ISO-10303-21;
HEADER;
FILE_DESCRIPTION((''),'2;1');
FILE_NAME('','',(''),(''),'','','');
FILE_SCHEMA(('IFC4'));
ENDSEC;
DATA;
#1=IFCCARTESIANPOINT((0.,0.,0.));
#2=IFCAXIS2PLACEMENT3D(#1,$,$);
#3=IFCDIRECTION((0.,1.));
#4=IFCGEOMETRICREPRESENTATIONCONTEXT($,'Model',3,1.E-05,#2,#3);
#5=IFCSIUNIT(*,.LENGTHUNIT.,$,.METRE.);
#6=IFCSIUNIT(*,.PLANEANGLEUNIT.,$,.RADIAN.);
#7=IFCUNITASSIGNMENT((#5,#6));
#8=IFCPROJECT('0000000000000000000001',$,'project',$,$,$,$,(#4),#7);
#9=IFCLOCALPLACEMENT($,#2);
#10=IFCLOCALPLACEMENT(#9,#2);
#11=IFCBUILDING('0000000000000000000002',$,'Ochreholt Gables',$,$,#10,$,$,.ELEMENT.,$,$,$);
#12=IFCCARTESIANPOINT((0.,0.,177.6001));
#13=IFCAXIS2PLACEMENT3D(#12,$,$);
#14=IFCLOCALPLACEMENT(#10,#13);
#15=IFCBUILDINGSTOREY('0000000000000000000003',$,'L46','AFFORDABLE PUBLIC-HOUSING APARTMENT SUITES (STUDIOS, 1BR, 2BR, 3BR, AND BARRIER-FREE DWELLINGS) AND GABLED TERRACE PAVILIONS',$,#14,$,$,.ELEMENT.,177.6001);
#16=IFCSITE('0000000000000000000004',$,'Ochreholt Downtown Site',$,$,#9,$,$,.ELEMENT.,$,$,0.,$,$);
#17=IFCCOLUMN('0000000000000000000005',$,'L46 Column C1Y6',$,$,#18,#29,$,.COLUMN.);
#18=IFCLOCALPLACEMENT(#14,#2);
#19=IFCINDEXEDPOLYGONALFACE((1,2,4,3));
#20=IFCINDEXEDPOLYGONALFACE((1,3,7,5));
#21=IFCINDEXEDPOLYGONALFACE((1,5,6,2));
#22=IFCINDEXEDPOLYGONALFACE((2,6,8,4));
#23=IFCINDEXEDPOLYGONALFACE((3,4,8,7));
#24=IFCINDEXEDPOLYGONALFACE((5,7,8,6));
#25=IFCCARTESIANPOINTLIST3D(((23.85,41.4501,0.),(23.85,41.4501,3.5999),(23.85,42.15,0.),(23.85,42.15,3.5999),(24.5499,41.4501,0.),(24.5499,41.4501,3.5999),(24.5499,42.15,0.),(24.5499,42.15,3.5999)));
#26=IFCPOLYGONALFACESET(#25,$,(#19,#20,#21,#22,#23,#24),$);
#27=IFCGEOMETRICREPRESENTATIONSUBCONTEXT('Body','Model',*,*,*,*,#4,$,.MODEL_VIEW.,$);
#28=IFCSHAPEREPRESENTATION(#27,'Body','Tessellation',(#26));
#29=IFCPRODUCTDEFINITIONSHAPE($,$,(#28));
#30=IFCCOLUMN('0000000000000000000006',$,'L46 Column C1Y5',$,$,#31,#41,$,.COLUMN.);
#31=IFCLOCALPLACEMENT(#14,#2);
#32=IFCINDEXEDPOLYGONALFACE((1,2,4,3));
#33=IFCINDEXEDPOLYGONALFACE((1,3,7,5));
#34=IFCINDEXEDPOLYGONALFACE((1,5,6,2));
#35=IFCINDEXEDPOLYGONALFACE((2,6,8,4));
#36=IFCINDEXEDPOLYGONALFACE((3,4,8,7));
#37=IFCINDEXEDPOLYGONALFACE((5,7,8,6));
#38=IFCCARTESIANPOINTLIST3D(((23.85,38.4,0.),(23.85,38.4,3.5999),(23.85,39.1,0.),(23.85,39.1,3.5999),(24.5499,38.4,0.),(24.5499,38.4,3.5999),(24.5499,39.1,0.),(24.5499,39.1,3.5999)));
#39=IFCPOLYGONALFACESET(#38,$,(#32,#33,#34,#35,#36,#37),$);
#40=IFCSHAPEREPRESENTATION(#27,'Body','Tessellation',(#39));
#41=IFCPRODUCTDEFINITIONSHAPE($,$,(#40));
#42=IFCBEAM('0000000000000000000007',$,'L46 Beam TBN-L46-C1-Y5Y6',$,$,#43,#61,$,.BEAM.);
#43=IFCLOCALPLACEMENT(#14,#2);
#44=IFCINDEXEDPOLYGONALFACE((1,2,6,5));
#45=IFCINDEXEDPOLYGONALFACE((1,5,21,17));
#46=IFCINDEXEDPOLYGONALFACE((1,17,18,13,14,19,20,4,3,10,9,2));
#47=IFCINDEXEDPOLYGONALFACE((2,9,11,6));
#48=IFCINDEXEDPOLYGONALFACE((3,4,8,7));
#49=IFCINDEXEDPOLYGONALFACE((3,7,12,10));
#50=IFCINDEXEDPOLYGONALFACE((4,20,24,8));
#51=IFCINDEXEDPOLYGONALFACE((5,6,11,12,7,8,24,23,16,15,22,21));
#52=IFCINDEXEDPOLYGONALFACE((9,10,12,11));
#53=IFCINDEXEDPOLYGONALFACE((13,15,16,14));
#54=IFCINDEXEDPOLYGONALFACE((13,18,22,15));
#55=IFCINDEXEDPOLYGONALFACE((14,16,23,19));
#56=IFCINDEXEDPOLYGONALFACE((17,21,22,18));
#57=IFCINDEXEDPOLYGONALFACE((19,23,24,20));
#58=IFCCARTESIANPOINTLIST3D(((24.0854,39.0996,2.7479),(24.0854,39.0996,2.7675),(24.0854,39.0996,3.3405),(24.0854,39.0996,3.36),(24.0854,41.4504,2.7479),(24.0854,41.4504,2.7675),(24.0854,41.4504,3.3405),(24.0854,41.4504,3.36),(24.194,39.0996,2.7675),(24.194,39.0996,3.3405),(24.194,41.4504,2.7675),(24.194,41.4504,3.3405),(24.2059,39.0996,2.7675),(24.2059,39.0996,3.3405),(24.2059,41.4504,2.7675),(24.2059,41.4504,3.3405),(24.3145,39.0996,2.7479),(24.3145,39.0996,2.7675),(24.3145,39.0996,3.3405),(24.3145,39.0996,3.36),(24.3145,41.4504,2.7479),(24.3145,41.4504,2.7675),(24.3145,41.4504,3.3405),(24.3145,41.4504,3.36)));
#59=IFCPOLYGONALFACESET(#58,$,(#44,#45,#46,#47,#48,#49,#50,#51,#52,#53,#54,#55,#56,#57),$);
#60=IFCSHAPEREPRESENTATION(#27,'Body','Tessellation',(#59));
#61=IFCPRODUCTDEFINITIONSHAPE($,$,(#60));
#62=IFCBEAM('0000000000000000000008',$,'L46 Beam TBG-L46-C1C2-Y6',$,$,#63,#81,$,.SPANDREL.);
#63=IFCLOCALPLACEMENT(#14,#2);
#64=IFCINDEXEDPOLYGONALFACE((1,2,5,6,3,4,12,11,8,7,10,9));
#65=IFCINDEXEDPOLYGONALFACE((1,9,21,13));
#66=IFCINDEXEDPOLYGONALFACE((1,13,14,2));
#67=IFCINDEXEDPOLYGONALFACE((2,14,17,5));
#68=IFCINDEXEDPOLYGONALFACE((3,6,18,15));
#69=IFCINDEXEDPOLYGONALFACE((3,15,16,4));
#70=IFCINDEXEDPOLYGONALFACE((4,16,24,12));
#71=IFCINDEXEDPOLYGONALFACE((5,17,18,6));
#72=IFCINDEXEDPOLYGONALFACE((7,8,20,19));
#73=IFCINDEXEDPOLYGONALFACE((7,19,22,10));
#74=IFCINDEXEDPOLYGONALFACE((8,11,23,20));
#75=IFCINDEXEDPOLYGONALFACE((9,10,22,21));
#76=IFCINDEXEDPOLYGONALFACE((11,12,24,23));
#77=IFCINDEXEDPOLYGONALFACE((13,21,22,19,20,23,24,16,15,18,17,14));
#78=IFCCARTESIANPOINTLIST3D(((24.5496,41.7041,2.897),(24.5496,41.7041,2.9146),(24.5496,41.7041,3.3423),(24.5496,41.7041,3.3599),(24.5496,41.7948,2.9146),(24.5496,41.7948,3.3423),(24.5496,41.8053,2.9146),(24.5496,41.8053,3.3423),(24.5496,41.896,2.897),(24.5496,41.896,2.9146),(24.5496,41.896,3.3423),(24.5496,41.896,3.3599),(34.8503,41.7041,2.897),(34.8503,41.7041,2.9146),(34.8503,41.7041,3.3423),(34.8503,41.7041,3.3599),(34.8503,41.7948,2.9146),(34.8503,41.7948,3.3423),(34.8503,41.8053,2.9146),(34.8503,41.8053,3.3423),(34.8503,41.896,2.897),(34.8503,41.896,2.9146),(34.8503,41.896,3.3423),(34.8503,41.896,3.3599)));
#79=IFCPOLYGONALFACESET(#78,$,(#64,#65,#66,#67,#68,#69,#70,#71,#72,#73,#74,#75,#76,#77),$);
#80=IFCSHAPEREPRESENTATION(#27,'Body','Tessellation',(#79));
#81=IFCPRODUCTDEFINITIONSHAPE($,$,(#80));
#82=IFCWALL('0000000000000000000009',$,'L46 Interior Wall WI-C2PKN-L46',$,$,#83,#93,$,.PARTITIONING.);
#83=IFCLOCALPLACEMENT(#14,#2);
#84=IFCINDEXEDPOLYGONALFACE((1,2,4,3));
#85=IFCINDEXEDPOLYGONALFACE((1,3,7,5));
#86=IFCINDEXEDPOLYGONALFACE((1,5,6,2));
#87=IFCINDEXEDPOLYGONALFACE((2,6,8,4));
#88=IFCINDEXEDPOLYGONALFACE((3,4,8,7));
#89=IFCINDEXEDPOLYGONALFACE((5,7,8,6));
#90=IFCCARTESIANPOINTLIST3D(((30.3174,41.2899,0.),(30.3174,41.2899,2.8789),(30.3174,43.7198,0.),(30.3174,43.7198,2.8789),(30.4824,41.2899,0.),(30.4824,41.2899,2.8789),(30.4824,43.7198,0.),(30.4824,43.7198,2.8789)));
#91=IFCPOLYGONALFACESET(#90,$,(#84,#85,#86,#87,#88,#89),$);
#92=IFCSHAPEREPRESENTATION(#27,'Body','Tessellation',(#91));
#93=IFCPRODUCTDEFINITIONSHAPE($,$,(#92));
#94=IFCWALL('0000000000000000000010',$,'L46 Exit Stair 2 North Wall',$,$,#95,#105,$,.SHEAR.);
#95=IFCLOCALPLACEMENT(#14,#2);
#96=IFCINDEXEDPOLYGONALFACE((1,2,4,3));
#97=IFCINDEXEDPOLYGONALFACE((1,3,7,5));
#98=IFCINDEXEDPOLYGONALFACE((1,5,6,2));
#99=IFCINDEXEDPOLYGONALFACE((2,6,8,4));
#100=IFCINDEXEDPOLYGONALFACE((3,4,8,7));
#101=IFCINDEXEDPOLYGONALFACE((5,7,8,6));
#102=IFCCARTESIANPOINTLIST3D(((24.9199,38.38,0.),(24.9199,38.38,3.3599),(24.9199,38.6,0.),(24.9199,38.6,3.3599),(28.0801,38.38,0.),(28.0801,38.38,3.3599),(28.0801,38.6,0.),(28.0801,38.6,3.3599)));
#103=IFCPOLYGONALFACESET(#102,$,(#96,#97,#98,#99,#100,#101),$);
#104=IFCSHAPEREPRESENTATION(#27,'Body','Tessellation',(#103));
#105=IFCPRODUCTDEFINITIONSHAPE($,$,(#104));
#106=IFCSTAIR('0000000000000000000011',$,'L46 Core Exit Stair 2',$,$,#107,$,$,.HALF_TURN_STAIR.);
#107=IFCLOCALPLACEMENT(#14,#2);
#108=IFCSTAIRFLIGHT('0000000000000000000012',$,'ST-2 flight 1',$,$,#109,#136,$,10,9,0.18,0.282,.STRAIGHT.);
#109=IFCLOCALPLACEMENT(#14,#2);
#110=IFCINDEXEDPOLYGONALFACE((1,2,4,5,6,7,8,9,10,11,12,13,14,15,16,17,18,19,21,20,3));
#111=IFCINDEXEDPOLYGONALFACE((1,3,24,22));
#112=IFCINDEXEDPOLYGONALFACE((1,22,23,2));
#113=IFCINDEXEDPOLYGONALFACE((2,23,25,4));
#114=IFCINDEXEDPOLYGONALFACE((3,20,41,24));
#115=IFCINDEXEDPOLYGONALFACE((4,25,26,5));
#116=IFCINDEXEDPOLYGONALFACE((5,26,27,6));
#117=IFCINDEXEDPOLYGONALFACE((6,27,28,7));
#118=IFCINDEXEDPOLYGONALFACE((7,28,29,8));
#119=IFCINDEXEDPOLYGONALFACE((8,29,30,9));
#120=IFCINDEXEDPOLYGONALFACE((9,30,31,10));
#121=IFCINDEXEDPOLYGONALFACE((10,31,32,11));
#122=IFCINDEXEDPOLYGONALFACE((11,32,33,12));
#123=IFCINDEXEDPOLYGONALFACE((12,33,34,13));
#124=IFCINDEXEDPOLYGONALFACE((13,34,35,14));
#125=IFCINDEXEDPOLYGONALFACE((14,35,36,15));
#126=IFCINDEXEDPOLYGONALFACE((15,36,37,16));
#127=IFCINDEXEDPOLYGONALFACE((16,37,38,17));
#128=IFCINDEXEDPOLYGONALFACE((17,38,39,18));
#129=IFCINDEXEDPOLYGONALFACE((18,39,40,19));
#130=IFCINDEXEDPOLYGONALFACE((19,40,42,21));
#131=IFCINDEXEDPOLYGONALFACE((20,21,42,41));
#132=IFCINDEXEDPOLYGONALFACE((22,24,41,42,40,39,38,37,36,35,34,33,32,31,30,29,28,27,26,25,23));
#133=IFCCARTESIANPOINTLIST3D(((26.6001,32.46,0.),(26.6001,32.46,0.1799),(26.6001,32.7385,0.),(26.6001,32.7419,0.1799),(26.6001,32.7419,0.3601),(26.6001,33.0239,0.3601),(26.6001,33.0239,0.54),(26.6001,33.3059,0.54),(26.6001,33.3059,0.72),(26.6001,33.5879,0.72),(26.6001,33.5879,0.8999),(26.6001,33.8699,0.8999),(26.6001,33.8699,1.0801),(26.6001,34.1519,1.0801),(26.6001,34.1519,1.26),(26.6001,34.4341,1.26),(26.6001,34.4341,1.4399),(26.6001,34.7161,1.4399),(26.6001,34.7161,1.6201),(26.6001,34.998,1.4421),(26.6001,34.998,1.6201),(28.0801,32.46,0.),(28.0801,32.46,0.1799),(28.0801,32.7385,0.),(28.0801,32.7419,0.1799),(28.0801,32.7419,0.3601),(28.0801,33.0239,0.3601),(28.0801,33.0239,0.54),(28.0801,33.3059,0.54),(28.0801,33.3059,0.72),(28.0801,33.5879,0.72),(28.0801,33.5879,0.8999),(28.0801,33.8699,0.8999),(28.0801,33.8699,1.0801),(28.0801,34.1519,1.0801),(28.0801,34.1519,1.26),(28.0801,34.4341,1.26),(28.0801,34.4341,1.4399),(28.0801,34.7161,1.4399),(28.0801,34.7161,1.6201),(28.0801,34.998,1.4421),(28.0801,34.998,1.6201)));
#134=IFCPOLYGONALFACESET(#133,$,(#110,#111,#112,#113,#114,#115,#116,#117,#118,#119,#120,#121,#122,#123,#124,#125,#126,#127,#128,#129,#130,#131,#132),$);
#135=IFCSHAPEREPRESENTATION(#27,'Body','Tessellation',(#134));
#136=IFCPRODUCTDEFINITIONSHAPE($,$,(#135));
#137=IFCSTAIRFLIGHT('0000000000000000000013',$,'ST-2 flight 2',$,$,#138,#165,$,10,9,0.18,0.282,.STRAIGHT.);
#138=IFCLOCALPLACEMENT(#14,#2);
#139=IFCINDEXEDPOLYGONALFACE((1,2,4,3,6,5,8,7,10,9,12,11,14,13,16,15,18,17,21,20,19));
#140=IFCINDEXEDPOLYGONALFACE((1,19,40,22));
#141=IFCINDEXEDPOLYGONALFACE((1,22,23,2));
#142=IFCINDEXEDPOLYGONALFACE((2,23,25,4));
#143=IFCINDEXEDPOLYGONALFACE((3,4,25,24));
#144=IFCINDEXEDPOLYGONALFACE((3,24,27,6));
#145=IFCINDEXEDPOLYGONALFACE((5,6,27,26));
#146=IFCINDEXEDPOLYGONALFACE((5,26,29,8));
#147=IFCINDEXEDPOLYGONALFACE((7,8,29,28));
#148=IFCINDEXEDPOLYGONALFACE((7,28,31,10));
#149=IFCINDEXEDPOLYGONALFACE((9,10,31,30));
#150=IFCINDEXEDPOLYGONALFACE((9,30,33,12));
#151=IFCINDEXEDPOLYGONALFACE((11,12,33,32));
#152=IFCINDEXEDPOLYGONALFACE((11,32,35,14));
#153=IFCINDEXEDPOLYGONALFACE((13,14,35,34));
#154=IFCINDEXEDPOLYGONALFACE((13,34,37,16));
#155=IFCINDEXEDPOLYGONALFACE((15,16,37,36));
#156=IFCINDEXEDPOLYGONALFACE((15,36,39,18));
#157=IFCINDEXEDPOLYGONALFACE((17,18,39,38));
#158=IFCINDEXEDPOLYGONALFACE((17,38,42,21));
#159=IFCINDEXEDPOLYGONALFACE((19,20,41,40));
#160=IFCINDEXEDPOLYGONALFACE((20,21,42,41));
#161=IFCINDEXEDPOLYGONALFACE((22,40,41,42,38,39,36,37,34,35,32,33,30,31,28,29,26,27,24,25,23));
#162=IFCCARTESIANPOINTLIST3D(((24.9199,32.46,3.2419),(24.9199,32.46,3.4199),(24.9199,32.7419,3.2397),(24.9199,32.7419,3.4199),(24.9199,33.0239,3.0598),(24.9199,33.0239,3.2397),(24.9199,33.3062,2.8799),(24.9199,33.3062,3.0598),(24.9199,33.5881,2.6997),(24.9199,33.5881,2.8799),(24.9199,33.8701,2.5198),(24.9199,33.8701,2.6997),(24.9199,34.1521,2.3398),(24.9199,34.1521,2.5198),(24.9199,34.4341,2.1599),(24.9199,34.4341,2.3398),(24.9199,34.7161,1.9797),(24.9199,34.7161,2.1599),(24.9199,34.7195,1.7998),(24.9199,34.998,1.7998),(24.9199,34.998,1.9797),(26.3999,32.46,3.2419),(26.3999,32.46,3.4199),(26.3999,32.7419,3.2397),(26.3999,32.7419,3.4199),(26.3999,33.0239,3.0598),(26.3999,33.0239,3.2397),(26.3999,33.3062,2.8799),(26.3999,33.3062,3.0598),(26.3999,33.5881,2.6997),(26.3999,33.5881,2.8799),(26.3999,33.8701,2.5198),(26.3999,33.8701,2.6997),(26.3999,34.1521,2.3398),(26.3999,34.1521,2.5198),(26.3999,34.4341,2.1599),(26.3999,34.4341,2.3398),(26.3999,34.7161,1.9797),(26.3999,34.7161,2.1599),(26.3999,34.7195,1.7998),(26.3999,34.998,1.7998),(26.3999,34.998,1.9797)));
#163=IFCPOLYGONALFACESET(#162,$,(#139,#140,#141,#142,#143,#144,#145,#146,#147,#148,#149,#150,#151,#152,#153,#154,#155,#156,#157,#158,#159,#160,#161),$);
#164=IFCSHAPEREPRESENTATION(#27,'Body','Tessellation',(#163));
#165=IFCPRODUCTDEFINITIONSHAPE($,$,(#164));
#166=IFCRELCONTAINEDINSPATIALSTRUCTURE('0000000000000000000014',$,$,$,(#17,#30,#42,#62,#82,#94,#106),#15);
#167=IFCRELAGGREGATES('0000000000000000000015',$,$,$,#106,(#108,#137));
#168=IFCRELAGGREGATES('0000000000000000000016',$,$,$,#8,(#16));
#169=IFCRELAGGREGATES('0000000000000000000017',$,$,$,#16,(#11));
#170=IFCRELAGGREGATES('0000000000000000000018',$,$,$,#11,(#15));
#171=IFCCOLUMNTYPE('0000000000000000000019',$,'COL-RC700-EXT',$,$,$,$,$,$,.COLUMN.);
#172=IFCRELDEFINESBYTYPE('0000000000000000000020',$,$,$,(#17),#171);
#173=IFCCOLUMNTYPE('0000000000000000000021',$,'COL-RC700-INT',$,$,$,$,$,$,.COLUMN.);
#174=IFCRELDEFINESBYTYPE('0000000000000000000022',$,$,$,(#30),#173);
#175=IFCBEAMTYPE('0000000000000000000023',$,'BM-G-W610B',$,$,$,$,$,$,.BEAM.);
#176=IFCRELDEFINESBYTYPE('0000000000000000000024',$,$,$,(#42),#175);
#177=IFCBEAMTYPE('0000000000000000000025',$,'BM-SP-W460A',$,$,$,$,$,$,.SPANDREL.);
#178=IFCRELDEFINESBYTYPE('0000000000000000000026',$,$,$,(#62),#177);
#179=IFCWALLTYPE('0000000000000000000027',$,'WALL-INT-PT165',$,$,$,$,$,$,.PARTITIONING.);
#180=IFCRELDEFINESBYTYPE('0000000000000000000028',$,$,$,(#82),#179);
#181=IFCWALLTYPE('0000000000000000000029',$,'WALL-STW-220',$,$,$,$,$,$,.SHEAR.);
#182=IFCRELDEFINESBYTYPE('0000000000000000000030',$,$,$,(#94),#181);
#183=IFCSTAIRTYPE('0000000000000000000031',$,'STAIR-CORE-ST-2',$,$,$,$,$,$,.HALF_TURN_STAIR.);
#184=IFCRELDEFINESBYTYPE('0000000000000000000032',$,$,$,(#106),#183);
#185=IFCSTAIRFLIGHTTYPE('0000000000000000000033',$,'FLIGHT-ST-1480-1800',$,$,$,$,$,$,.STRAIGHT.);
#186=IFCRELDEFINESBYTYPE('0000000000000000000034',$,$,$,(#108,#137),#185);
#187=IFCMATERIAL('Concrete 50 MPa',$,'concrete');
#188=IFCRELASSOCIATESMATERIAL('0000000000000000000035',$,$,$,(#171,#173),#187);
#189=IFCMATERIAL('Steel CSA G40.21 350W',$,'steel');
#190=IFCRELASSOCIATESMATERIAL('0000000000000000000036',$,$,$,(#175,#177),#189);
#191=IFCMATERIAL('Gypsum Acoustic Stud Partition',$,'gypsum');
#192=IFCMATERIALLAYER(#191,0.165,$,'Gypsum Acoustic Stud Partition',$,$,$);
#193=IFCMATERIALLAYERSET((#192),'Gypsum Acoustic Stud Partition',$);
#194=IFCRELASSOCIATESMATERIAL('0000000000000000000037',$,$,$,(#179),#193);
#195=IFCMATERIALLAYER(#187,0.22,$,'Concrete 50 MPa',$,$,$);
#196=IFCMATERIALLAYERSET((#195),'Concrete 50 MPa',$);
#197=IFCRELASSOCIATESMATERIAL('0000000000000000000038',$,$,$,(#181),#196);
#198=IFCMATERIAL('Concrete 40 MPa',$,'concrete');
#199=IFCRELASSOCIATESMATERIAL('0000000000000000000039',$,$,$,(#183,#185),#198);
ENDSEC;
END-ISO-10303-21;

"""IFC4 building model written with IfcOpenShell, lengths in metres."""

from ifc_helpers import new_model, si_unit, direction, frame, frame_2d, origin, origin_2d, place, context, subcontext, project, spatial, polyline, rectangle, i_section, outline, extrude, material, layer, layer_set, material_profile, profile_set, type_object, element, aggregate, save


model = new_model("IFC4")

# Units and contexts
model_context = context("Model", 3, precision=1e-05, world=origin(), true_north=direction((0.0, 1.0)))
body_context = subcontext(model_context, "Body", "Model", "MODEL_VIEW")
ifc_project = project(units=[si_unit("LENGTHUNIT", "METRE"), si_unit("PLANEANGLEUNIT", "RADIAN")], contexts=[model_context])

# Site, building, storey
site_placement = place(None, origin())
site = spatial("IfcSite", under=ifc_project, at=site_placement, Name="Ochreholt Downtown Site", CompositionType="ELEMENT", RefElevation=0.0)
building_placement = place(site_placement, origin())
building = spatial("IfcBuilding", under=site, at=building_placement, Name="Ochreholt Gables", CompositionType="ELEMENT")
storey_placement = place(building_placement, frame((0.0, 0.0, 177.6001)))
storey = spatial("IfcBuildingStorey", under=building, at=storey_placement, Name="L46", Description="AFFORDABLE PUBLIC-HOUSING APARTMENT SUITES (STUDIOS, 1BR, 2BR, 3BR, AND BARRIER-FREE DWELLINGS) AND GABLED TERRACE PAVILIONS", CompositionType="ELEMENT", Elevation=177.6001)

# Columns
ifc_material_1 = material(Name="Concrete 50 MPa", Category="concrete")
ifc_material_profile_1 = material_profile(ifc_material_1, rectangle(XDim=0.7, YDim=0.7, at=origin_2d()), Name="RC700X700")
ifc_profile_set_1 = profile_set([ifc_material_profile_1], Name="Concrete 50 MPa")
column_type_1 = type_object("IfcColumnType", Name="COL-RC700-EXT", PredefinedType="COLUMN", material=ifc_profile_set_1)
column_1_placement = place(storey_placement, frame((24.2, 41.8, 0.0), z_axis=(0.0, 0.0, 1.0), x_axis=(1.0, 0.0, 0.0)))
element("IfcColumn", 1, at=column_1_placement, inside=storey, type_object=column_type_1, Name="L46 Column C1Y6", PredefinedType="COLUMN", context=body_context, shape_type="SweptSolid", body=[
    extrude(rectangle(XDim=0.7, YDim=0.7, at=origin_2d()), origin(), (0.0, 0.0, 1.0), 3.5999),
])
ifc_material_profile_2 = material_profile(ifc_material_1, rectangle(XDim=0.7, YDim=0.7, at=origin_2d()), Name="RC700X700")
ifc_profile_set_2 = profile_set([ifc_material_profile_2], Name="Concrete 50 MPa")
column_type_2 = type_object("IfcColumnType", Name="COL-RC700-INT", PredefinedType="COLUMN", material=ifc_profile_set_2)
column_2_placement = place(storey_placement, frame((24.2, 38.75, 0.0), z_axis=(0.0, 0.0, 1.0), x_axis=(1.0, 0.0, 0.0)))
element("IfcColumn", 2, at=column_2_placement, inside=storey, type_object=column_type_2, Name="L46 Column C1Y5", PredefinedType="COLUMN", context=body_context, shape_type="SweptSolid", body=[
    extrude(rectangle(XDim=0.7, YDim=0.7, at=origin_2d()), origin(), (0.0, 0.0, 1.0), 3.5999),
])

# Beams
ifc_material_2 = material(Name="Steel CSA G40.21 350W", Category="steel")
ifc_material_profile_3 = material_profile(ifc_material_2, i_section(OverallWidth=0.229, OverallDepth=0.6121, WebThickness=0.012, FlangeThickness=0.0195, at=origin_2d()), Name="W610X125")
ifc_profile_set_3 = profile_set([ifc_material_profile_3], Name="Steel CSA G40.21 350W")
beam_type_1 = type_object("IfcBeamType", Name="BM-G-W610B", PredefinedType="BEAM", material=ifc_profile_set_3)
beam_1_placement = place(storey_placement, frame((24.2, 39.0996, 3.054), z_axis=(0.0, 1.0, 0.0), x_axis=(-1.0, 0.0, 0.0)))
element("IfcBeam", 3, at=beam_1_placement, inside=storey, type_object=beam_type_1, Name="L46 Beam TBN-L46-C1-Y5Y6", PredefinedType="BEAM", context=body_context, shape_type="SweptSolid", body=[
    extrude(i_section(OverallWidth=0.229, OverallDepth=0.6121, WebThickness=0.012, FlangeThickness=0.0195, at=origin_2d()), origin(), (0.0, 0.0, 1.0), 2.3508),
])
ifc_material_profile_4 = material_profile(ifc_material_2, i_section(OverallWidth=0.1919, OverallDepth=0.4629, WebThickness=0.0105, FlangeThickness=0.0176, at=origin_2d()), Name="W460X89")
ifc_profile_set_4 = profile_set([ifc_material_profile_4], Name="Steel CSA G40.21 350W")
beam_type_2 = type_object("IfcBeamType", Name="BM-SP-W460A", PredefinedType="SPANDREL", material=ifc_profile_set_4)
beam_2_placement = place(storey_placement, frame((24.5496, 41.8, 3.1284), z_axis=(1.0, 0.0, 0.0), x_axis=(0.0, 1.0, 0.0)))
element("IfcBeam", 4, at=beam_2_placement, inside=storey, type_object=beam_type_2, Name="L46 Beam TBG-L46-C1C2-Y6", PredefinedType="SPANDREL", context=body_context, shape_type="SweptSolid", body=[
    extrude(i_section(OverallWidth=0.1919, OverallDepth=0.4629, WebThickness=0.0105, FlangeThickness=0.0176, at=origin_2d()), origin(), (0.0, 0.0, 1.0), 10.3008),
])

# Walls
ifc_material_3 = material(Name="Gypsum Acoustic Stud Partition", Category="gypsum")
ifc_layer_1 = layer(ifc_material_3, 0.165, Name="Gypsum Acoustic Stud Partition")
ifc_layer_set_1 = layer_set([ifc_layer_1], Name="Gypsum Acoustic Stud Partition")
wall_type_1 = type_object("IfcWallType", Name="WALL-INT-PT165", PredefinedType="PARTITIONING", material=ifc_layer_set_1)
wall_1_placement = place(storey_placement, frame((30.3999, 41.29, 0.0), z_axis=(0.0, 0.0, 1.0), x_axis=(0.0, 1.0, 0.0)))
element("IfcWall", 5, at=wall_1_placement, inside=storey, type_object=wall_type_1, Name="L46 Interior Wall WI-C2PKN-L46", PredefinedType="PARTITIONING", context=body_context, shape_type="SweptSolid", body=[
    extrude(rectangle(XDim=2.4299, YDim=0.165, at=frame_2d((1.2148, 0.0))), origin(), (0.0, 0.0, 1.0), 2.8789),
])
ifc_layer_2 = layer(ifc_material_1, 0.22, Name="Concrete 50 MPa")
ifc_layer_set_2 = layer_set([ifc_layer_2], Name="Concrete 50 MPa")
wall_type_2 = type_object("IfcWallType", Name="WALL-STW-220", PredefinedType="SHEAR", material=ifc_layer_set_2)
wall_2_placement = place(storey_placement, frame((24.9199, 38.49, 0.0), z_axis=(0.0, 0.0, 1.0), x_axis=(1.0, 0.0, 0.0)))
element("IfcWall", 6, at=wall_2_placement, inside=storey, type_object=wall_type_2, Name="L46 Exit Stair 2 North Wall", PredefinedType="SHEAR", context=body_context, shape_type="SweptSolid", body=[
    extrude(rectangle(XDim=3.1602, YDim=0.22, at=frame_2d((1.5801, 0.0))), origin(), (0.0, 0.0, 1.0), 3.3599),
])

# Stair, stair flights
ifc_material_4 = material(Name="Concrete 40 MPa", Category="concrete")
stair_type = type_object("IfcStairType", Name="STAIR-CORE-ST-2", PredefinedType="HALF_TURN_STAIR", material=ifc_material_4)
stair_placement = place(storey_placement, origin())
stair = element("IfcStair", 7, at=stair_placement, inside=storey, type_object=stair_type, Name="L46 Core Exit Stair 2", PredefinedType="HALF_TURN_STAIR")
stair_flight_type = type_object("IfcStairFlightType", Name="FLIGHT-ST-1480-1800", PredefinedType="STRAIGHT", material=ifc_material_4)
stair_flight_1_placement = place(storey_placement, frame((27.3401, 32.46, 0.0), z_axis=(0.0, 0.0, 1.0), x_axis=(0.0, 1.0, 0.0)))
stair_flight_1 = element("IfcStairFlight", 8, at=stair_flight_1_placement, type_object=stair_flight_type, Name="ST-2 flight 1", NumberOfRisers=10, NumberOfTreads=9, PredefinedType="STRAIGHT", RiserHeight=0.18, TreadLength=0.282, context=body_context, shape_type="SweptSolid", body=[
    extrude(outline(polyline([(0.0, 0.0), (0.0, 0.1799), (0.282, 0.1799), (0.282, 0.3601), (0.564, 0.3601), (0.564, 0.54), (0.8459, 0.54), (0.8459, 0.72), (1.1279, 0.72), (1.1279, 0.8999), (1.4099, 0.8999), (1.4099, 1.0801), (1.6919, 1.0801), (1.6919, 1.26), (1.9741, 1.26), (1.9741, 1.4399), (2.2561, 1.4399), (2.2561, 1.6201), (2.5381, 1.6201), (2.5381, 1.8), (2.5381, 1.4421), (0.2786, 0.0), (0.0, 0.0)])), frame((0.0, 0.74, 0.0), z_axis=(0.0, -1.0, 0.0), x_axis=(1.0, 0.0, 0.0)), (0.0, 0.0, 1.0), 1.48),
])
stair_flight_2_placement = place(storey_placement, frame((25.6599, 34.998, 1.7998), z_axis=(0.0, 0.0, 1.0), x_axis=(0.0, -1.0, 0.0)))
stair_flight_2 = element("IfcStairFlight", 9, at=stair_flight_2_placement, type_object=stair_flight_type, Name="ST-2 flight 2", NumberOfRisers=10, NumberOfTreads=9, PredefinedType="STRAIGHT", RiserHeight=0.18, TreadLength=0.282, context=body_context, shape_type="SweptSolid", body=[
    extrude(outline(polyline([(0.0, 0.0), (0.0, 0.1799), (0.282, 0.1799), (0.282, 0.3601), (0.564, 0.3601), (0.564, 0.54), (0.8459, 0.54), (0.8459, 0.72), (1.1279, 0.72), (1.1279, 0.8999), (1.4099, 0.8999), (1.4099, 1.0801), (1.6919, 1.0801), (1.6919, 1.26), (1.9741, 1.26), (1.9741, 1.4399), (2.2561, 1.4399), (2.2561, 1.6201), (2.5381, 1.6201), (2.5381, 1.8), (2.5381, 1.4421), (0.2786, 0.0), (0.0, 0.0)])), frame((0.0, 0.74, 0.0), z_axis=(0.0, -1.0, 0.0), x_axis=(1.0, 0.0, 0.0)), (0.0, 0.0, 1.0), 1.48),
])
aggregate(stair, [stair_flight_1, stair_flight_2])

save(model, "model.ifc")
